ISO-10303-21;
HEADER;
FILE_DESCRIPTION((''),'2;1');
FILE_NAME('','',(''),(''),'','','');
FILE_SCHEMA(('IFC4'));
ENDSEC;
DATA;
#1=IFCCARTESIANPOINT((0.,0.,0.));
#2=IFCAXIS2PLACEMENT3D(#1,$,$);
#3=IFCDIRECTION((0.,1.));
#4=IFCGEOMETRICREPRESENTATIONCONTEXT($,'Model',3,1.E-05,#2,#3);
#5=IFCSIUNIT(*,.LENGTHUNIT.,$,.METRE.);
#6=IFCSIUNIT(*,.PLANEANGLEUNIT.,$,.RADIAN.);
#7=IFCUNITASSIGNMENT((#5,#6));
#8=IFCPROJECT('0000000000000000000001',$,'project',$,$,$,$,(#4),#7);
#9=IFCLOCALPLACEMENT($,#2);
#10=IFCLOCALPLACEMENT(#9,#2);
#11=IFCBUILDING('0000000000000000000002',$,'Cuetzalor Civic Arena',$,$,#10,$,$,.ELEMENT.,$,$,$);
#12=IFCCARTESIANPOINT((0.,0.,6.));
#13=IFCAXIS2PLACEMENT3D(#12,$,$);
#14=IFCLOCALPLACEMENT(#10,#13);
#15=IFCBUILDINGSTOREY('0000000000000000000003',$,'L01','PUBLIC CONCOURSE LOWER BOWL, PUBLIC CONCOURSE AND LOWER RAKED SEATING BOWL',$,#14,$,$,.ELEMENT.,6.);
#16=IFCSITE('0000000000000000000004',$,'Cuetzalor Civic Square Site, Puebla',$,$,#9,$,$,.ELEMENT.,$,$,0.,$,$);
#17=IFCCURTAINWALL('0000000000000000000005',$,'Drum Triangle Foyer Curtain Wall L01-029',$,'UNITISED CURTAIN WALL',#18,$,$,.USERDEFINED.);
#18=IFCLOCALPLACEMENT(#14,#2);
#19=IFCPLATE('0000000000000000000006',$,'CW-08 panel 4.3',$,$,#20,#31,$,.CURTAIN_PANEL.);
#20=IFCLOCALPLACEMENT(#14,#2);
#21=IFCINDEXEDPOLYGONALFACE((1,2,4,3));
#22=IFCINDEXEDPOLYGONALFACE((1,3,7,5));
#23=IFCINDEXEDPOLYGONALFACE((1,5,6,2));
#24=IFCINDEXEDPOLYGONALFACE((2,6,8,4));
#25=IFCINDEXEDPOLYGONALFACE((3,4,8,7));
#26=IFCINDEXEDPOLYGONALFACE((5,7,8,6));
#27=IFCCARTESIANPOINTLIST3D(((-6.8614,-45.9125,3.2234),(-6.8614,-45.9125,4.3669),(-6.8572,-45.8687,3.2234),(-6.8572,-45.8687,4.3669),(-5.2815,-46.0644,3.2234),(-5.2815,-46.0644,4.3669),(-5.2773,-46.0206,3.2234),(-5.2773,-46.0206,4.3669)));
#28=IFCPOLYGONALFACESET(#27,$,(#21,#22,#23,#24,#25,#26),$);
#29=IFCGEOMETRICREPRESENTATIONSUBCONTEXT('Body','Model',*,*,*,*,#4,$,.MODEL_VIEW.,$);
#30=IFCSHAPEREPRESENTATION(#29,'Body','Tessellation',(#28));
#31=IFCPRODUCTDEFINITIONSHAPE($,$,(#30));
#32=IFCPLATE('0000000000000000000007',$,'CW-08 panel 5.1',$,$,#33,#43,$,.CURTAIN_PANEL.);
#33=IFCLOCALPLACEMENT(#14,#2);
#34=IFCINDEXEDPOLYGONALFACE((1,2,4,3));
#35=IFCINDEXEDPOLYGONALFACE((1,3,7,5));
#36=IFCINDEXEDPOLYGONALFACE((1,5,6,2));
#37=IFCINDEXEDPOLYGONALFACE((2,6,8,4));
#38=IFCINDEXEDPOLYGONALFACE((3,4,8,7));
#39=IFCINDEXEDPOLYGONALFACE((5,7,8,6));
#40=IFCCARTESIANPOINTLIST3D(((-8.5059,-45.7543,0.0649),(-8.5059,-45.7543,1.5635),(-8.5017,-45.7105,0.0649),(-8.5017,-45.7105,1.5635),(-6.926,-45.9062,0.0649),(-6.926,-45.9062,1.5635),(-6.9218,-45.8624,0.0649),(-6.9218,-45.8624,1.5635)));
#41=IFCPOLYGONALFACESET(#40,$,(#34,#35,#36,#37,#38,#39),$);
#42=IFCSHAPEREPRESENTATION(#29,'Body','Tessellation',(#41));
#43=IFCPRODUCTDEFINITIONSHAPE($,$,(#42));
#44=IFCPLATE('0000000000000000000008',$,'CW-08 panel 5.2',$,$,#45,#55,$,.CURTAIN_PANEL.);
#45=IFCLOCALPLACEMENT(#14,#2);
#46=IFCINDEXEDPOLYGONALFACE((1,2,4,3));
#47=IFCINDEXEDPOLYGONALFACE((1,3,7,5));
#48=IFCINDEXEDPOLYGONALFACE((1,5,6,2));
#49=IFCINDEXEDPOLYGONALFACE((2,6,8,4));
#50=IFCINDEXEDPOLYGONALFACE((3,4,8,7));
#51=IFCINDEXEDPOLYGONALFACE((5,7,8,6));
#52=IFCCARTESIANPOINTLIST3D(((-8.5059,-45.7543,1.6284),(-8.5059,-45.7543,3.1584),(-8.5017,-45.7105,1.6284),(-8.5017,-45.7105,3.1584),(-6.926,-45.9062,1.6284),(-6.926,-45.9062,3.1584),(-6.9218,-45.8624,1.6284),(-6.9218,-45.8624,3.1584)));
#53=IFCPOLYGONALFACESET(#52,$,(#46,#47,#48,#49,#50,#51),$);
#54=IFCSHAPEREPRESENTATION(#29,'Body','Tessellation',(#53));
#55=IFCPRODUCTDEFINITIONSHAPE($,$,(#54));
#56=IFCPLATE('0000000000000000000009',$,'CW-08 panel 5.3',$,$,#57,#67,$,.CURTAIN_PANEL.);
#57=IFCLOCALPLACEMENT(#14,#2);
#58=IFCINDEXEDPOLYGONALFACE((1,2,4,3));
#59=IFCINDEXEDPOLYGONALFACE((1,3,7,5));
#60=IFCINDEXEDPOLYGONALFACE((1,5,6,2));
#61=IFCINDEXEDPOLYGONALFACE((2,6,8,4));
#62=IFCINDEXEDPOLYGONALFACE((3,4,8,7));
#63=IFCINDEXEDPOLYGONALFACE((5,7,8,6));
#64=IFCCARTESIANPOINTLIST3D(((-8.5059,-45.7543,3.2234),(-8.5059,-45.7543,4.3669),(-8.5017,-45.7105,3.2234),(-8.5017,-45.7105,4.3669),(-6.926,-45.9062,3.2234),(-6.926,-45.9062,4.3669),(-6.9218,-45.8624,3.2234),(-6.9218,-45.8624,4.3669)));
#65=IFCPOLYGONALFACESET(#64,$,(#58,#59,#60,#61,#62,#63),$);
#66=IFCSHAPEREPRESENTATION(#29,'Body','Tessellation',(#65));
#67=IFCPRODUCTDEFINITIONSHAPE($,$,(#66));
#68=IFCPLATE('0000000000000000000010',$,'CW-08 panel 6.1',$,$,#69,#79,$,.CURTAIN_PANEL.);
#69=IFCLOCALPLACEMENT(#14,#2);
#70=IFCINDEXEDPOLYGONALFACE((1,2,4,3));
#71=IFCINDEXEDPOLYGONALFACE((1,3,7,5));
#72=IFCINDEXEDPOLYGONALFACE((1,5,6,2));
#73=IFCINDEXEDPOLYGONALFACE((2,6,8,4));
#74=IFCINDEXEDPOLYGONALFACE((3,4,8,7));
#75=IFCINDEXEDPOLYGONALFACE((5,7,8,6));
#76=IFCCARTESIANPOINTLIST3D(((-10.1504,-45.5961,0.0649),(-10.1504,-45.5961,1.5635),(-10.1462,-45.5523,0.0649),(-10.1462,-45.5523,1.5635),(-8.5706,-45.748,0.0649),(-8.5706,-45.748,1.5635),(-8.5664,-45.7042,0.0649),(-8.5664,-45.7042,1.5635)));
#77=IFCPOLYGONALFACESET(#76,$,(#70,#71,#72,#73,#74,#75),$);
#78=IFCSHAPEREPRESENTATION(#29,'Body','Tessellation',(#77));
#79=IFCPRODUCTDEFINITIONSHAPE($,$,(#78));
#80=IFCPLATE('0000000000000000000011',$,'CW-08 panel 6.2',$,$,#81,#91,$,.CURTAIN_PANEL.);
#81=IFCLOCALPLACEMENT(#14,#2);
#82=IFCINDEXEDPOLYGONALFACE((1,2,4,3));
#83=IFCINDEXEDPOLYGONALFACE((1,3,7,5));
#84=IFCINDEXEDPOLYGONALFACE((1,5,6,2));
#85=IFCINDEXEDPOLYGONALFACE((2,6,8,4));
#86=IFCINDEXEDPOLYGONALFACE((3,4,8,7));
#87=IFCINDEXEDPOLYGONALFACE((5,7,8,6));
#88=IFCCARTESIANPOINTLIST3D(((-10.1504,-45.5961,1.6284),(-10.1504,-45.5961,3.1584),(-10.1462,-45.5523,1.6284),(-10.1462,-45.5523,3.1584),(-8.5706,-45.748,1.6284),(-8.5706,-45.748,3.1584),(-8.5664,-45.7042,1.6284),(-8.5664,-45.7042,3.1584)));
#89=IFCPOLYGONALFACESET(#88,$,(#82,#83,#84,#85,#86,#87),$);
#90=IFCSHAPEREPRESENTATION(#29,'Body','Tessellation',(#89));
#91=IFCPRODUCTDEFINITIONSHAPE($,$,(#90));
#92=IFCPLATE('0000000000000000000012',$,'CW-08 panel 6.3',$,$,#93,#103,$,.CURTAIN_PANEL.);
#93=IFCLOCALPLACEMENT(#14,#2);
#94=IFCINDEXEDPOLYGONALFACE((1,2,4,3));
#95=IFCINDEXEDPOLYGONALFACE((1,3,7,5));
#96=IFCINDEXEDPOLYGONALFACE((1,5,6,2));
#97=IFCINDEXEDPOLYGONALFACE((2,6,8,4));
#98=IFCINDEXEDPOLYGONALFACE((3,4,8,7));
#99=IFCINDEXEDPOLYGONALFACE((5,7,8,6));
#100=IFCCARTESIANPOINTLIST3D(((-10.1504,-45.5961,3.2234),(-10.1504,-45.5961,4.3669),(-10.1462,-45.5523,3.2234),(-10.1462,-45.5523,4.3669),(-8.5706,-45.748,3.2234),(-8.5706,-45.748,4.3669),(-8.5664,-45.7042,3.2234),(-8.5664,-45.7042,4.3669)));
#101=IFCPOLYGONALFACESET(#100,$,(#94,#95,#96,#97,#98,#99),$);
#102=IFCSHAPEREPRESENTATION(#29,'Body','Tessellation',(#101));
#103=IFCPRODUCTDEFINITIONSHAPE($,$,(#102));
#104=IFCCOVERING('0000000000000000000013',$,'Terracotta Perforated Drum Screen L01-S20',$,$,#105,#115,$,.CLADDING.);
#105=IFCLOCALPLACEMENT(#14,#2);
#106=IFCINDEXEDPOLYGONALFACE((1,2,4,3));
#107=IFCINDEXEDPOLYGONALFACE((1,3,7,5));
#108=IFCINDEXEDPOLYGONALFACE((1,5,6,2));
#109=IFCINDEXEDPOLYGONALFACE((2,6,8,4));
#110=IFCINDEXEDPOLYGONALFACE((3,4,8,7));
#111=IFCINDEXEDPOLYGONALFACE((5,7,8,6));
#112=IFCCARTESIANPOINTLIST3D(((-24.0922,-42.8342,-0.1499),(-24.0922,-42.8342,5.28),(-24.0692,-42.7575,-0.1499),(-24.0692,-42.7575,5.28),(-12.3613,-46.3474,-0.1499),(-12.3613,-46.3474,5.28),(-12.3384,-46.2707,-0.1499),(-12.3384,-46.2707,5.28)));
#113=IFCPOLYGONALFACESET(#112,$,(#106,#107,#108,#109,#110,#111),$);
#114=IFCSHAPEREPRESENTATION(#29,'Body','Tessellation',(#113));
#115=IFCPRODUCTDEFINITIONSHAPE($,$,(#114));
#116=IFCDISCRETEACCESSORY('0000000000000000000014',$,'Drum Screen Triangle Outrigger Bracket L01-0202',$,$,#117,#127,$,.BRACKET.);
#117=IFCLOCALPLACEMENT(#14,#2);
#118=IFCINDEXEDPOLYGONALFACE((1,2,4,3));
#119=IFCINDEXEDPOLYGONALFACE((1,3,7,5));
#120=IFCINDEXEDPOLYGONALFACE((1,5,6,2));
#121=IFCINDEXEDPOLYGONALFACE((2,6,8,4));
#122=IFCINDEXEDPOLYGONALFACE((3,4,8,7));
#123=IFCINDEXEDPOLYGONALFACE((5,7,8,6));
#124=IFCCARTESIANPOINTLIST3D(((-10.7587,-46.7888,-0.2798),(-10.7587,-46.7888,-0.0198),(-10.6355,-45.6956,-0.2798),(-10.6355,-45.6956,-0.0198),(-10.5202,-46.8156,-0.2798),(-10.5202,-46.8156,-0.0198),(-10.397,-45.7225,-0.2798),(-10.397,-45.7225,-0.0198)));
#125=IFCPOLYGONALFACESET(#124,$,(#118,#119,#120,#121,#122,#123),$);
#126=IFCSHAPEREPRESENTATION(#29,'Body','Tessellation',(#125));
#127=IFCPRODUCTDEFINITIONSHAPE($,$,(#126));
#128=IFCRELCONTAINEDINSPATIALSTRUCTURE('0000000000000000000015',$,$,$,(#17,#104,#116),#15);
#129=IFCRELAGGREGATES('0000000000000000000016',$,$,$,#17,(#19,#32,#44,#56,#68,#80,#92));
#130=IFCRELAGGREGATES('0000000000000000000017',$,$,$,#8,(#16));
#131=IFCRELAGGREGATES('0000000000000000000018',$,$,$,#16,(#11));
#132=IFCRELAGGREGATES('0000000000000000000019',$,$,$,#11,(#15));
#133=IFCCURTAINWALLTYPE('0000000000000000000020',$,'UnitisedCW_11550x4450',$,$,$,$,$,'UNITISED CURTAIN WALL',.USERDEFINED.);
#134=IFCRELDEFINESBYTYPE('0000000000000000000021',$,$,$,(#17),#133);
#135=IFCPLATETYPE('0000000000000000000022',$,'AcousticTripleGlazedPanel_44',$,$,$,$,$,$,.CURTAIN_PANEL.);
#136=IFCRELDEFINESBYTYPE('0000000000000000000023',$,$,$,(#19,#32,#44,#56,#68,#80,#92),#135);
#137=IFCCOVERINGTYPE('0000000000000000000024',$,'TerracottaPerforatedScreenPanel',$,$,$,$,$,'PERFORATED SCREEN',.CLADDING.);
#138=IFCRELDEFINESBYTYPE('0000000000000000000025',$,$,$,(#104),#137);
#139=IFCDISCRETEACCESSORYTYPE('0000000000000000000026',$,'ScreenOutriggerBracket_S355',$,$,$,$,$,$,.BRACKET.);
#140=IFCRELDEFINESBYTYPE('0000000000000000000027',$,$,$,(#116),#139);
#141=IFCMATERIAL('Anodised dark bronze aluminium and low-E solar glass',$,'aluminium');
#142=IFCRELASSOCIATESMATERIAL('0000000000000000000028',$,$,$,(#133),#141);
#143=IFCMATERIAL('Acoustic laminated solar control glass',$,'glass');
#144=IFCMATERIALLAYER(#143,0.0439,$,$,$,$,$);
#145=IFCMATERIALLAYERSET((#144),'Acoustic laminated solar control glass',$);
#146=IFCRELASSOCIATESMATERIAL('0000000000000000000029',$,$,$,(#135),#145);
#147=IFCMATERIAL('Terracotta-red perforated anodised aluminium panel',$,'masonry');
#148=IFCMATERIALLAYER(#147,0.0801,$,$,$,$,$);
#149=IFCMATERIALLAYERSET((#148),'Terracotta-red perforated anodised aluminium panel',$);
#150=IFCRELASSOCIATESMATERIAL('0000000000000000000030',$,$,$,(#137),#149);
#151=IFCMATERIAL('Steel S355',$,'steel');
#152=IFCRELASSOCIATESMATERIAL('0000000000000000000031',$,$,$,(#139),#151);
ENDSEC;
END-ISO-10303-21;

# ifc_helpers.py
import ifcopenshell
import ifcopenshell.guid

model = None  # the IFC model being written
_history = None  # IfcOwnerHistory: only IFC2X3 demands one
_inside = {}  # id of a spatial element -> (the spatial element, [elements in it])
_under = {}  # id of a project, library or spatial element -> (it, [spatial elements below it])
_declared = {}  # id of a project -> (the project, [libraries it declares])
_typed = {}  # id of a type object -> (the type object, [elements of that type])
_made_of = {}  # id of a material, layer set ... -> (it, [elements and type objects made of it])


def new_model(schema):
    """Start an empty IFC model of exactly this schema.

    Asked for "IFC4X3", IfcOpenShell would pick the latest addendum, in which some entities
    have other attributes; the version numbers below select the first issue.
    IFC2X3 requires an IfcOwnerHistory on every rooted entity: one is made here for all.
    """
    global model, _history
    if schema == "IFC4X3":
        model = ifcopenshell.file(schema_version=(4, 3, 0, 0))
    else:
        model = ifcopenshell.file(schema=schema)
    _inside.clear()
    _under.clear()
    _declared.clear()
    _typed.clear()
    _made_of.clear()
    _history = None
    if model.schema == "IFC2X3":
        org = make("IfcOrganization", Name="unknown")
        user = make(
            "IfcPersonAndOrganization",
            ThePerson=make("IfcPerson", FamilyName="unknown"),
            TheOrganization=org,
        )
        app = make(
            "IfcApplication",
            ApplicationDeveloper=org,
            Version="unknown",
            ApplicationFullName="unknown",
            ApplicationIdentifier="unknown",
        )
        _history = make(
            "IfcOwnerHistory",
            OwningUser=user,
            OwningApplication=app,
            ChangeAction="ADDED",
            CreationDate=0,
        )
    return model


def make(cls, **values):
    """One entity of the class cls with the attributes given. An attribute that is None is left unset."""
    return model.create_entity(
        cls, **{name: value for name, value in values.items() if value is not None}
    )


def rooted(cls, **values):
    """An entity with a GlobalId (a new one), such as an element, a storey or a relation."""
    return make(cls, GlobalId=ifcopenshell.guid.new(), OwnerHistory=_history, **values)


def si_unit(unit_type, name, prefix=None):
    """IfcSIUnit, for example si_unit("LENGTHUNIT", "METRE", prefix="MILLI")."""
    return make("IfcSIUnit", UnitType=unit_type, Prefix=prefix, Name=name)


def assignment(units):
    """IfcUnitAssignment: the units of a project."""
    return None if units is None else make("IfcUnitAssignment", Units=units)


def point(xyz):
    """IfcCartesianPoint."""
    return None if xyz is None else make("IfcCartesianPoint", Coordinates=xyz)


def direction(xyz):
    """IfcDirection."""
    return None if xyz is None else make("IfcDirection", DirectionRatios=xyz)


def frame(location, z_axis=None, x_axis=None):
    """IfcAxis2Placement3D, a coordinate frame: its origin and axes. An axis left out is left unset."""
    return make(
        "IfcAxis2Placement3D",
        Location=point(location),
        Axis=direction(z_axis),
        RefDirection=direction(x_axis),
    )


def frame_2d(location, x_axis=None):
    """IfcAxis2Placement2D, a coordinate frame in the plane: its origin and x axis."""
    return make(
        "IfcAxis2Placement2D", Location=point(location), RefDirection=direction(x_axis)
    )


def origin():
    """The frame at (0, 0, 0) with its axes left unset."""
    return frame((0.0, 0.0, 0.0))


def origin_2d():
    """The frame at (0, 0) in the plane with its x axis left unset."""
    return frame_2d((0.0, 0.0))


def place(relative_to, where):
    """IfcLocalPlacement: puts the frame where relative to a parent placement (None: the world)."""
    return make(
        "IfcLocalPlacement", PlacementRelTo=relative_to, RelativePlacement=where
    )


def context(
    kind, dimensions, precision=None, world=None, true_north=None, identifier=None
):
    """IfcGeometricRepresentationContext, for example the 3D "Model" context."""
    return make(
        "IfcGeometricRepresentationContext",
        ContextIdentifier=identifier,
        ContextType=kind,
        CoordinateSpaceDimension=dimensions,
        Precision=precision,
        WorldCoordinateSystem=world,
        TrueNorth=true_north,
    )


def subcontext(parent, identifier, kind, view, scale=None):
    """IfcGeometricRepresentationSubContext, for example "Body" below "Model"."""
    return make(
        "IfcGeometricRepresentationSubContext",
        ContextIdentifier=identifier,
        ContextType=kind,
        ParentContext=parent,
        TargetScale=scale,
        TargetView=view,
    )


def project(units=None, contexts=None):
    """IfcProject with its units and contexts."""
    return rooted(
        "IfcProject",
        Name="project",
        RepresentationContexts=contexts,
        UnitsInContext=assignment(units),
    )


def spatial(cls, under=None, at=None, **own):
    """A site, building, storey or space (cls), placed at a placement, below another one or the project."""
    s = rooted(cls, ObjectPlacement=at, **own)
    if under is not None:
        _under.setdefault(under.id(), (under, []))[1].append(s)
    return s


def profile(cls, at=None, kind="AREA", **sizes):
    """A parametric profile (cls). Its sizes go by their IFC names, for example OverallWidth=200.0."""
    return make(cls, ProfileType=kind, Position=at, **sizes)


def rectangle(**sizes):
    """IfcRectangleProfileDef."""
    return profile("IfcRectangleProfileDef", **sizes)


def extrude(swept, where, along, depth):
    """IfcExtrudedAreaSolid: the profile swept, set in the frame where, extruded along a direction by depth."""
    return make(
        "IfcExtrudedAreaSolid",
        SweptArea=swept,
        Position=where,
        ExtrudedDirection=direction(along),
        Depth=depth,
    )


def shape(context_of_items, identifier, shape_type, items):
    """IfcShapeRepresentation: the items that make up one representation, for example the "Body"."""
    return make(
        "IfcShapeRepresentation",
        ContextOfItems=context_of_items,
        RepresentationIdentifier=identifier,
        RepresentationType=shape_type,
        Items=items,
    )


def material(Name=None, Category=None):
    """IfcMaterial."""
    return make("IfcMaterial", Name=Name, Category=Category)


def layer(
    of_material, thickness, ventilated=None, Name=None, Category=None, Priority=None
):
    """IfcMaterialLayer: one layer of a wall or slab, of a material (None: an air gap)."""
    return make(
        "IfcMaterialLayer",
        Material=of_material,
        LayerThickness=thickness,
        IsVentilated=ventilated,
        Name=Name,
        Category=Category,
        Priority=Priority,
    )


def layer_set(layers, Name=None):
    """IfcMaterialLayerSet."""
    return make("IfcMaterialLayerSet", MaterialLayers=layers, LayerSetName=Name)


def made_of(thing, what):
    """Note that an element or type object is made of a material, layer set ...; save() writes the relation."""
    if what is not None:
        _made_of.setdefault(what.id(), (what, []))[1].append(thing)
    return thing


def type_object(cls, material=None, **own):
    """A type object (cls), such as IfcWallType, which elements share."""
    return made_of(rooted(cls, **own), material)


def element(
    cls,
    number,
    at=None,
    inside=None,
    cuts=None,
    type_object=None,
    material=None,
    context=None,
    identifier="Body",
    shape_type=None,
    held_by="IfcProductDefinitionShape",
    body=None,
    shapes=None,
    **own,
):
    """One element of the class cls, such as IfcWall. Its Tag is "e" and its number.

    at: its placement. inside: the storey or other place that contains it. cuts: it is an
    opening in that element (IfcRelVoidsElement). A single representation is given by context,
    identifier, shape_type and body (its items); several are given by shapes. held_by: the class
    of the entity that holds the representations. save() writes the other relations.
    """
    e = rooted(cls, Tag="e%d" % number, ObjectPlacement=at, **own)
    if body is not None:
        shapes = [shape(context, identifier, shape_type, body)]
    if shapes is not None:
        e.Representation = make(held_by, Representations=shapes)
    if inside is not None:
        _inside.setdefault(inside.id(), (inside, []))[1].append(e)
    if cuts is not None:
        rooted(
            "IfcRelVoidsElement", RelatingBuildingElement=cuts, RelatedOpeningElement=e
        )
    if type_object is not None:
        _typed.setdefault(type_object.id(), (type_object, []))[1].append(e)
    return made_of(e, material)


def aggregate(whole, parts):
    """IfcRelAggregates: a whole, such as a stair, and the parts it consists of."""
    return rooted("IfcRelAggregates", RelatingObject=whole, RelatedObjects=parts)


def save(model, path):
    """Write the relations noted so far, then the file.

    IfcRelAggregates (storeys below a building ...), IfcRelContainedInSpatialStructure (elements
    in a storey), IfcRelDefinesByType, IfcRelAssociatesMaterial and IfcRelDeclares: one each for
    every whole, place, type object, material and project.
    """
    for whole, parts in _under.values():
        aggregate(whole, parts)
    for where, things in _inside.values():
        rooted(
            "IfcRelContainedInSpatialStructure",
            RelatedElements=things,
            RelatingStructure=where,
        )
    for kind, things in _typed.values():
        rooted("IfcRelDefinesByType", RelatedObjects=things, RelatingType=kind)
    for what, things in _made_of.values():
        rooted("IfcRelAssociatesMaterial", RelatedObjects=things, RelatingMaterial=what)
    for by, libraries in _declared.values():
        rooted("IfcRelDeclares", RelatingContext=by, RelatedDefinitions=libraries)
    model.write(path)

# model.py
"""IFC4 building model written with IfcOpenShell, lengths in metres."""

from ifc_helpers import new_model, si_unit, direction, frame, frame_2d, origin, origin_2d, place, context, subcontext, project, spatial, rectangle, extrude, material, layer, layer_set, type_object, element, aggregate, save


model = new_model("IFC4")

# Units and contexts
model_context = context("Model", 3, precision=1e-05, world=origin(), true_north=direction((0.0, 1.0)))
body_context = subcontext(model_context, "Body", "Model", "MODEL_VIEW")
ifc_project = project(units=[si_unit("LENGTHUNIT", "METRE"), si_unit("PLANEANGLEUNIT", "RADIAN")], contexts=[model_context])

# Site, building, storey
site_placement = place(None, origin())
site = spatial("IfcSite", under=ifc_project, at=site_placement, Name="Cuetzalor Civic Square Site, Puebla", CompositionType="ELEMENT", RefElevation=0.0)
building_placement = place(site_placement, origin())
building = spatial("IfcBuilding", under=site, at=building_placement, Name="Cuetzalor Civic Arena", CompositionType="ELEMENT")
storey_placement = place(building_placement, frame((0.0, 0.0, 6.0)))
storey = spatial("IfcBuildingStorey", under=building, at=storey_placement, Name="L01", Description="PUBLIC CONCOURSE LOWER BOWL, PUBLIC CONCOURSE AND LOWER RAKED SEATING BOWL", CompositionType="ELEMENT", Elevation=6.0)

# Curtain wall, plates
ifc_material_1 = material(Name="Anodised dark bronze aluminium and low-E solar glass", Category="aluminium")
curtain_wall_type = type_object("IfcCurtainWallType", Name="UnitisedCW_11550x4450", ElementType="UNITISED CURTAIN WALL", PredefinedType="USERDEFINED", material=ifc_material_1)
curtain_wall_placement = place(storey_placement, origin())
curtain_wall = element("IfcCurtainWall", 1, at=curtain_wall_placement, inside=storey, type_object=curtain_wall_type, Name="Drum Triangle Foyer Curtain Wall L01-029", ObjectType="UNITISED CURTAIN WALL", PredefinedType="USERDEFINED")
ifc_material_2 = material(Name="Acoustic laminated solar control glass", Category="glass")
ifc_layer_1 = layer(ifc_material_2, 0.0439)
ifc_layer_set_1 = layer_set([ifc_layer_1], Name="Acoustic laminated solar control glass")
plate_type = type_object("IfcPlateType", Name="AcousticTripleGlazedPanel_44", PredefinedType="CURTAIN_PANEL", material=ifc_layer_set_1)
plate_1_placement = place(storey_placement, frame((-6.0693, -45.9666, 3.2234), z_axis=(0.0, 0.0, 1.0), x_axis=(-0.995409, 0.095711, 0.0)))
plate_1 = element("IfcPlate", 2, at=plate_1_placement, type_object=plate_type, Name="CW-08 panel 4.3", PredefinedType="CURTAIN_PANEL", context=body_context, shape_type="SweptSolid", body=[
    extrude(rectangle(XDim=1.5872, YDim=0.0439, at=origin_2d()), origin(), (0.0, 0.0, 1.0), 1.1436),
])
plate_2_placement = place(storey_placement, frame((-7.7139, -45.8083, 0.0649), z_axis=(0.0, 0.0, 1.0), x_axis=(-0.995409, 0.095711, 0.0)))
plate_2 = element("IfcPlate", 3, at=plate_2_placement, type_object=plate_type, Name="CW-08 panel 5.1", PredefinedType="CURTAIN_PANEL", context=body_context, shape_type="SweptSolid", body=[
    extrude(rectangle(XDim=1.5872, YDim=0.0439, at=origin_2d()), origin(), (0.0, 0.0, 1.0), 1.4985),
])
plate_3_placement = place(storey_placement, frame((-7.7139, -45.8083, 1.6284), z_axis=(0.0, 0.0, 1.0), x_axis=(-0.995409, 0.095711, 0.0)))
plate_3 = element("IfcPlate", 4, at=plate_3_placement, type_object=plate_type, Name="CW-08 panel 5.2", PredefinedType="CURTAIN_PANEL", context=body_context, shape_type="SweptSolid", body=[
    extrude(rectangle(XDim=1.5872, YDim=0.0439, at=origin_2d()), origin(), (0.0, 0.0, 1.0), 1.53),
])
plate_4_placement = place(storey_placement, frame((-7.7139, -45.8083, 3.2234), z_axis=(0.0, 0.0, 1.0), x_axis=(-0.995409, 0.095711, 0.0)))
plate_4 = element("IfcPlate", 5, at=plate_4_placement, type_object=plate_type, Name="CW-08 panel 5.3", PredefinedType="CURTAIN_PANEL", context=body_context, shape_type="SweptSolid", body=[
    extrude(rectangle(XDim=1.5872, YDim=0.0439, at=origin_2d()), origin(), (0.0, 0.0, 1.0), 1.1436),
])
plate_5_placement = place(storey_placement, frame((-9.3584, -45.6501, 0.0649), z_axis=(0.0, 0.0, 1.0), x_axis=(-0.995409, 0.095711, 0.0)))
plate_5 = element("IfcPlate", 6, at=plate_5_placement, type_object=plate_type, Name="CW-08 panel 6.1", PredefinedType="CURTAIN_PANEL", context=body_context, shape_type="SweptSolid", body=[
    extrude(rectangle(XDim=1.5872, YDim=0.0439, at=origin_2d()), origin(), (0.0, 0.0, 1.0), 1.4985),
])
plate_6_placement = place(storey_placement, frame((-9.3584, -45.6501, 1.6284), z_axis=(0.0, 0.0, 1.0), x_axis=(-0.995409, 0.095711, 0.0)))
plate_6 = element("IfcPlate", 7, at=plate_6_placement, type_object=plate_type, Name="CW-08 panel 6.2", PredefinedType="CURTAIN_PANEL", context=body_context, shape_type="SweptSolid", body=[
    extrude(rectangle(XDim=1.5872, YDim=0.0439, at=origin_2d()), origin(), (0.0, 0.0, 1.0), 1.53),
])
plate_7_placement = place(storey_placement, frame((-9.3584, -45.6501, 3.2234), z_axis=(0.0, 0.0, 1.0), x_axis=(-0.995409, 0.095711, 0.0)))
plate_7 = element("IfcPlate", 8, at=plate_7_placement, type_object=plate_type, Name="CW-08 panel 6.3", PredefinedType="CURTAIN_PANEL", context=body_context, shape_type="SweptSolid", body=[
    extrude(rectangle(XDim=1.5872, YDim=0.0439, at=origin_2d()), origin(), (0.0, 0.0, 1.0), 1.1436),
])
aggregate(curtain_wall, [plate_1, plate_2, plate_3, plate_4, plate_5, plate_6, plate_7])

# Covering
ifc_material_3 = material(Name="Terracotta-red perforated anodised aluminium panel", Category="masonry")
ifc_layer_2 = layer(ifc_material_3, 0.0801)
ifc_layer_set_2 = layer_set([ifc_layer_2], Name="Terracotta-red perforated anodised aluminium panel")
covering_type = type_object("IfcCoveringType", Name="TerracottaPerforatedScreenPanel", ElementType="PERFORATED SCREEN", PredefinedType="CLADDING", material=ifc_layer_set_2)
covering_placement = place(storey_placement, frame((-12.3499, -46.3091, -0.1499), z_axis=(0.0, 0.0, 1.0), x_axis=(-0.957962, 0.286896, 0.0)))
element("IfcCovering", 9, at=covering_placement, inside=storey, type_object=covering_type, Name="Terracotta Perforated Drum Screen L01-S20", PredefinedType="CLADDING", context=body_context, shape_type="SweptSolid", body=[
    extrude(rectangle(XDim=12.2456, YDim=0.0801, at=frame_2d((6.1228, 0.0))), origin(), (0.0, 0.0, 1.0), 5.4299),
])

# Discrete accessory
ifc_material_4 = material(Name="Steel S355", Category="steel")
discrete_accessory_type = type_object("IfcDiscreteAccessoryType", Name="ScreenOutriggerBracket_S355", PredefinedType="BRACKET", material=ifc_material_4)
discrete_accessory_placement = place(storey_placement, frame((-10.5779, -46.2556, -0.2798), z_axis=(0.0, 0.0, 1.0), x_axis=(-0.111989, -0.993709, 0.0)))
element("IfcDiscreteAccessory", 10, at=discrete_accessory_placement, inside=storey, type_object=discrete_accessory_type, Name="Drum Screen Triangle Outrigger Bracket L01-0202", PredefinedType="BRACKET", context=body_context, shape_type="SweptSolid", body=[
    extrude(rectangle(XDim=1.1001, YDim=0.24, at=origin_2d()), origin(), (0.0, 0.0, 1.0), 0.26),
])

save(model, "model.ifc")
